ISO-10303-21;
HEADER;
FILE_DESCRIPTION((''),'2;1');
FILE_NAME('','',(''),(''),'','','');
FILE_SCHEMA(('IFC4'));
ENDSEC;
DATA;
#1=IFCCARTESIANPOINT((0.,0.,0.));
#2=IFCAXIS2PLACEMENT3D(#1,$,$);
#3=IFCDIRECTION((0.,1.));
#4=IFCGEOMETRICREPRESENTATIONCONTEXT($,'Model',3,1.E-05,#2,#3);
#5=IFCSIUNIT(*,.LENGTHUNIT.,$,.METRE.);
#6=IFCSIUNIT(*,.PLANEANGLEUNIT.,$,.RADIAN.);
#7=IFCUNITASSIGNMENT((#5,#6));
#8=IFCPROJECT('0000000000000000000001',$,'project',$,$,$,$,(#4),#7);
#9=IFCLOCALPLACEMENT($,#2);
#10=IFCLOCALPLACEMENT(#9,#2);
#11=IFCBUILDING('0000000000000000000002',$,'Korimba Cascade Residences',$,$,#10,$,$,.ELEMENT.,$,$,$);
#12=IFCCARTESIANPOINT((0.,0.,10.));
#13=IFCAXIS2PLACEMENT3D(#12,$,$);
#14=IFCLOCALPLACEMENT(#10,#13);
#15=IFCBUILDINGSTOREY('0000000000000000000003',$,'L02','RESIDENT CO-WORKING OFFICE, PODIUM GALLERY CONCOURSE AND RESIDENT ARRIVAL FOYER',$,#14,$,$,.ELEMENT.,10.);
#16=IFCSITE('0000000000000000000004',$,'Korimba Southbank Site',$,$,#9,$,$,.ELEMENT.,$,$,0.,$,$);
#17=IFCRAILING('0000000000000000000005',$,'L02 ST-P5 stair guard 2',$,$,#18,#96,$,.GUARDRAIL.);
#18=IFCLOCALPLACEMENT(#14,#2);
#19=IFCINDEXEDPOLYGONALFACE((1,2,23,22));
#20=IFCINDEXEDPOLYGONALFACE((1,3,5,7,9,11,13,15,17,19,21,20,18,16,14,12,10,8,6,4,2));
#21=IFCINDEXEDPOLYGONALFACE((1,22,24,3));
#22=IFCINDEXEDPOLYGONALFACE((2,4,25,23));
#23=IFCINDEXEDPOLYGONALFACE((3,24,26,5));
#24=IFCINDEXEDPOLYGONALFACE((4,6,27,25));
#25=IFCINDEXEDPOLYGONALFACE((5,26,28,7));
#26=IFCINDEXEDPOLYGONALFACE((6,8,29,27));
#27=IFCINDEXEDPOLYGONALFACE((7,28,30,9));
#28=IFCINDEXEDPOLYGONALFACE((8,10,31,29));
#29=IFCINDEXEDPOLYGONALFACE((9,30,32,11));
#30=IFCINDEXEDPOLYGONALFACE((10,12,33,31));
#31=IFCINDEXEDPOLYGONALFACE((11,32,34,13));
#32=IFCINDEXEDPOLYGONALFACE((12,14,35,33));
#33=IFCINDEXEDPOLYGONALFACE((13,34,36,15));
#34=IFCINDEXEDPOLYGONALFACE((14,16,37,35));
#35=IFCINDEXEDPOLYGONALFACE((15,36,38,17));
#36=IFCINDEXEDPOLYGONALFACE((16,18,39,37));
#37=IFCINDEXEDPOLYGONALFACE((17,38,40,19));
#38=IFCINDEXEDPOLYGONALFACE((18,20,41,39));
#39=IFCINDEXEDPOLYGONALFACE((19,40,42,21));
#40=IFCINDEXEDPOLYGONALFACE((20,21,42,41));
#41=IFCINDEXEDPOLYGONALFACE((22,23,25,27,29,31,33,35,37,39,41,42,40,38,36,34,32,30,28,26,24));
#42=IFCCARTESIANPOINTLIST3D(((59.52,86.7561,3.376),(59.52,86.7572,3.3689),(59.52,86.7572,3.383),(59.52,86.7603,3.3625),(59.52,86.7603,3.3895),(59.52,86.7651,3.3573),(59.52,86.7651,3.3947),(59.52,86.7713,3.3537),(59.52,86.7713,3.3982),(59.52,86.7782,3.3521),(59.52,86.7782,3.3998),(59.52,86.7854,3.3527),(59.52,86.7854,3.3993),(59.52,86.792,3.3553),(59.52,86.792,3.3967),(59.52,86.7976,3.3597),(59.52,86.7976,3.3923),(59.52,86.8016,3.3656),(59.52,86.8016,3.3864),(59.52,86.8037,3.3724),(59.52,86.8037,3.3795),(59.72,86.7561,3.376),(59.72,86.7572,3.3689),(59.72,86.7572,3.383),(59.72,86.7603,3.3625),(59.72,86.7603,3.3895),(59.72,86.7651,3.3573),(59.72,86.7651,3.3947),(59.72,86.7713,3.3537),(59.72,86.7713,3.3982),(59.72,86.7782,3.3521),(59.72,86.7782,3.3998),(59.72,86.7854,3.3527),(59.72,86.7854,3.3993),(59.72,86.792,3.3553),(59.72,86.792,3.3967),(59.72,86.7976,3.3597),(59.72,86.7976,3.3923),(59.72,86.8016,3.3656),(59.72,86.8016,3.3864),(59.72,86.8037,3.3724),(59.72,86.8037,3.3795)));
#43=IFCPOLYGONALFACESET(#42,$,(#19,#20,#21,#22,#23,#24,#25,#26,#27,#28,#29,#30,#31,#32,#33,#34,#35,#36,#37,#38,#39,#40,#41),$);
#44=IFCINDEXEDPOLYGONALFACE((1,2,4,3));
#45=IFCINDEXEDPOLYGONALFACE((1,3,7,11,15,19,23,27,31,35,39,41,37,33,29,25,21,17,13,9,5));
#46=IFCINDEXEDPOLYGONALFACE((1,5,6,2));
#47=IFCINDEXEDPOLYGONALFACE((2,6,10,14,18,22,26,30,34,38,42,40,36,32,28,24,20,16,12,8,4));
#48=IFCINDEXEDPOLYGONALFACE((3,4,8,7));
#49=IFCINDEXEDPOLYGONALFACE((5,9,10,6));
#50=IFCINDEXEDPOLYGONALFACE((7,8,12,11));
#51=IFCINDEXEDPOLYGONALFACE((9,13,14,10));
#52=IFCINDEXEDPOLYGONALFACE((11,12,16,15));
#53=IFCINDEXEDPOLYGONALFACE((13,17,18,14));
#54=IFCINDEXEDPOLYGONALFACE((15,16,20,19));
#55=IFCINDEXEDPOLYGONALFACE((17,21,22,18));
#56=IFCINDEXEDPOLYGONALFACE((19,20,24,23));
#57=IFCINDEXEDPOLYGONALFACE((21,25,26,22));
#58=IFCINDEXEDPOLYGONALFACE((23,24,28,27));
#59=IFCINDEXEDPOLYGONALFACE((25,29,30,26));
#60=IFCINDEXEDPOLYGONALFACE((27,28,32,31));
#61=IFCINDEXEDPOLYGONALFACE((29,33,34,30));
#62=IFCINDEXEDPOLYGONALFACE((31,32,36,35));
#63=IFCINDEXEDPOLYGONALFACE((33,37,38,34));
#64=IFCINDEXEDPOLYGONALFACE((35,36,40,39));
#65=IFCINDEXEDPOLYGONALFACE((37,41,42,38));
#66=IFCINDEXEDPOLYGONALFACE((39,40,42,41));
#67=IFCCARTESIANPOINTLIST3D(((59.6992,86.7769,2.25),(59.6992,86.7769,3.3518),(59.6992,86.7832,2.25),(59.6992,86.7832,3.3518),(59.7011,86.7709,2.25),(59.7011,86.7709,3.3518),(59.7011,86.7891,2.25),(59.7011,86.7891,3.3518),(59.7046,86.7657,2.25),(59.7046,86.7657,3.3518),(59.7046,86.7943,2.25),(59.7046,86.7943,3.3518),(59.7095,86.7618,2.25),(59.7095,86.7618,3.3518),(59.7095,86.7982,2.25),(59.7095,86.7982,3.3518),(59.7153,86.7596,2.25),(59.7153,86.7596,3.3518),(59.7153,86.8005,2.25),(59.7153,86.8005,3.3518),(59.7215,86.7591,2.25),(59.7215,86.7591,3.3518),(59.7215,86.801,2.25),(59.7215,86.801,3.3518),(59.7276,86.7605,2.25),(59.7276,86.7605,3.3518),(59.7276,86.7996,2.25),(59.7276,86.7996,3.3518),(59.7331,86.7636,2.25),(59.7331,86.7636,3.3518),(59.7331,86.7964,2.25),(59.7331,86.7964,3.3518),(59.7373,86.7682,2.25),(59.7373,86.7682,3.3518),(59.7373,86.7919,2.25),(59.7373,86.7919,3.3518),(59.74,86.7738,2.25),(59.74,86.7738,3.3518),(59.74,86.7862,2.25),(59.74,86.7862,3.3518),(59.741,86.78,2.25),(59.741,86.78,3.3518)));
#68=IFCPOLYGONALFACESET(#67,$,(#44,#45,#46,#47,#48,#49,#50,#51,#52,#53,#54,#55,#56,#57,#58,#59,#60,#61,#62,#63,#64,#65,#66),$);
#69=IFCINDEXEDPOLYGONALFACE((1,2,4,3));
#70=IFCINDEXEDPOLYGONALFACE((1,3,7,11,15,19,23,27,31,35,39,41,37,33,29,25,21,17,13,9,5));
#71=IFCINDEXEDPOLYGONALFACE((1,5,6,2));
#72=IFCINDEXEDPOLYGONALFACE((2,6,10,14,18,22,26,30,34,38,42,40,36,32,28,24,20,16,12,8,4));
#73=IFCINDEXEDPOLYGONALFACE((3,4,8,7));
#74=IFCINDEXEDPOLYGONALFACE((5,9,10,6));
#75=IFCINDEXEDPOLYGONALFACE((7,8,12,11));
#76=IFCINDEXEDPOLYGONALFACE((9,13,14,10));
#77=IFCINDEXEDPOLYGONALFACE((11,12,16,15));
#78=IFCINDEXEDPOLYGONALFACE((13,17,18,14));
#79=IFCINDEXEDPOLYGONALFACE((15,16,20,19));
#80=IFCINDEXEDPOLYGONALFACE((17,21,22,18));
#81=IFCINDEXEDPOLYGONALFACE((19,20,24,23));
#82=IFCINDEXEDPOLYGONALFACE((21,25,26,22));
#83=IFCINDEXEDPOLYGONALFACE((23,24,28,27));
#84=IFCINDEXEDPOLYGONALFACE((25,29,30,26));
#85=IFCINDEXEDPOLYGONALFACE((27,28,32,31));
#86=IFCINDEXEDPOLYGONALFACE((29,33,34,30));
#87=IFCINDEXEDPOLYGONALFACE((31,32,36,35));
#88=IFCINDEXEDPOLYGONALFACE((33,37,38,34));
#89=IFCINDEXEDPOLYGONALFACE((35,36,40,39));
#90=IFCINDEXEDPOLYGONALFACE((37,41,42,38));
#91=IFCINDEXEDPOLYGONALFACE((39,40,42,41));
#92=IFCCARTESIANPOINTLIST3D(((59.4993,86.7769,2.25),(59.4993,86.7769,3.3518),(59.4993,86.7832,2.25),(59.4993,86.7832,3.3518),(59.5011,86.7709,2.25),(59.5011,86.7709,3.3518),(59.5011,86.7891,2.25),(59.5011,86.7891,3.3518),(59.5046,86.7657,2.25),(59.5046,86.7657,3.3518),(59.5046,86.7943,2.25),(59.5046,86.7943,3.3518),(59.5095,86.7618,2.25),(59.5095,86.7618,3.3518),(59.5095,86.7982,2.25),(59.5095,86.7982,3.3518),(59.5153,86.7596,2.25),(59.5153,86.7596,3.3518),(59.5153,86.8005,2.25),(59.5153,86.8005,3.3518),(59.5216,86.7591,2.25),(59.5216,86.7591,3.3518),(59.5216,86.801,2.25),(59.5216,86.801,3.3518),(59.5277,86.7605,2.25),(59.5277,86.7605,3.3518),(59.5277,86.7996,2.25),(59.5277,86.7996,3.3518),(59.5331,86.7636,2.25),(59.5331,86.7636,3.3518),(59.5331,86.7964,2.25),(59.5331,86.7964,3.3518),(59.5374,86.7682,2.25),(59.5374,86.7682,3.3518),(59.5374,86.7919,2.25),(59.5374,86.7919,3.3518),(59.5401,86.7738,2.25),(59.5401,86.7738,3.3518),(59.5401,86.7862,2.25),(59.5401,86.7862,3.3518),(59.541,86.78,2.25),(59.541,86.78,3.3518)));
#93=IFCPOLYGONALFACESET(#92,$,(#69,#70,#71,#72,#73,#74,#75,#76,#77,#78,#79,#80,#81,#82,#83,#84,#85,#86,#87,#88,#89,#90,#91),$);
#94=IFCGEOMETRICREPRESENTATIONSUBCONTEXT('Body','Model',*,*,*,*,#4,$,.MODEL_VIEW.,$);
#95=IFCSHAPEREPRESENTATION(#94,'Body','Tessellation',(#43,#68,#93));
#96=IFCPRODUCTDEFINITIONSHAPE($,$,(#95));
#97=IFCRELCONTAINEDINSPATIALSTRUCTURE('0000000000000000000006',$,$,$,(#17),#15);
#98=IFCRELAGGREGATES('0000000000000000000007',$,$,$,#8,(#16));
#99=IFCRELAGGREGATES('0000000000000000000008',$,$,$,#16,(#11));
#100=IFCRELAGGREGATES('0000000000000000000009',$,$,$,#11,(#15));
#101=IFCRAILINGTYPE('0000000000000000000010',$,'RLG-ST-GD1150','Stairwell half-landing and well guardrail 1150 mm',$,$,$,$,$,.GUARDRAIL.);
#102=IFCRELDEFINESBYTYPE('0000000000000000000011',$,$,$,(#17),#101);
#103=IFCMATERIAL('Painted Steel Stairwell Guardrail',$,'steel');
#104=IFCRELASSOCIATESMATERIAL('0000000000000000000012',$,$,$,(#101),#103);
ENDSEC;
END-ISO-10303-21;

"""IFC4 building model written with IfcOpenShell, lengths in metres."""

from ifc_helpers import new_model, si_unit, direction, frame, origin, origin_2d, place, context, subcontext, project, spatial, circle, extrude, material, type_object, element, save


model = new_model("IFC4")

# Units and contexts
model_context = context("Model", 3, precision=1e-05, world=origin(), true_north=direction((0.0, 1.0)))
body_context = subcontext(model_context, "Body", "Model", "MODEL_VIEW")
ifc_project = project(units=[si_unit("LENGTHUNIT", "METRE"), si_unit("PLANEANGLEUNIT", "RADIAN")], contexts=[model_context])

# Site, building, storey
site_placement = place(None, origin())
site = spatial("IfcSite", under=ifc_project, at=site_placement, Name="Korimba Southbank Site", CompositionType="ELEMENT", RefElevation=0.0)
building_placement = place(site_placement, origin())
building = spatial("IfcBuilding", under=site, at=building_placement, Name="Korimba Cascade Residences", CompositionType="ELEMENT")
storey_placement = place(building_placement, frame((0.0, 0.0, 10.0)))
storey = spatial("IfcBuildingStorey", under=building, at=storey_placement, Name="L02", Description="RESIDENT CO-WORKING OFFICE, PODIUM GALLERY CONCOURSE AND RESIDENT ARRIVAL FOYER", CompositionType="ELEMENT", Elevation=10.0)

# Railing
ifc_material_1 = material(Name="Painted Steel Stairwell Guardrail", Category="steel")
railing_type_1 = type_object("IfcRailingType", Name="RLG-ST-GD1150", Description="Stairwell half-landing and well guardrail 1150 mm", PredefinedType="GUARDRAIL", material=ifc_material_1)
railing_1_placement = place(storey_placement, frame((59.72, 86.78, 2.25)))
element("IfcRailing", 1, at=railing_1_placement, inside=storey, type_object=railing_type_1, Name="L02 ST-P5 stair guard 2", PredefinedType="GUARDRAIL", context=body_context, shape_type="SweptSolid", body=[
    extrude(circle(Radius=0.0239, at=origin_2d()), frame((0.0, 0.0, 1.126), z_axis=(-1.0, 0.0, 0.0), x_axis=(0.0, -1.0, 0.0)), (0.0, 0.0, 1.0), 0.2),
    extrude(circle(Radius=0.021, at=origin_2d()), origin(), (0.0, 0.0, 1.0), 1.1018),
    extrude(circle(Radius=0.021, at=origin_2d()), frame((-0.2, 0.0, 0.0)), (0.0, 0.0, 1.0), 1.1018),
])

save(model, "model.ifc")
